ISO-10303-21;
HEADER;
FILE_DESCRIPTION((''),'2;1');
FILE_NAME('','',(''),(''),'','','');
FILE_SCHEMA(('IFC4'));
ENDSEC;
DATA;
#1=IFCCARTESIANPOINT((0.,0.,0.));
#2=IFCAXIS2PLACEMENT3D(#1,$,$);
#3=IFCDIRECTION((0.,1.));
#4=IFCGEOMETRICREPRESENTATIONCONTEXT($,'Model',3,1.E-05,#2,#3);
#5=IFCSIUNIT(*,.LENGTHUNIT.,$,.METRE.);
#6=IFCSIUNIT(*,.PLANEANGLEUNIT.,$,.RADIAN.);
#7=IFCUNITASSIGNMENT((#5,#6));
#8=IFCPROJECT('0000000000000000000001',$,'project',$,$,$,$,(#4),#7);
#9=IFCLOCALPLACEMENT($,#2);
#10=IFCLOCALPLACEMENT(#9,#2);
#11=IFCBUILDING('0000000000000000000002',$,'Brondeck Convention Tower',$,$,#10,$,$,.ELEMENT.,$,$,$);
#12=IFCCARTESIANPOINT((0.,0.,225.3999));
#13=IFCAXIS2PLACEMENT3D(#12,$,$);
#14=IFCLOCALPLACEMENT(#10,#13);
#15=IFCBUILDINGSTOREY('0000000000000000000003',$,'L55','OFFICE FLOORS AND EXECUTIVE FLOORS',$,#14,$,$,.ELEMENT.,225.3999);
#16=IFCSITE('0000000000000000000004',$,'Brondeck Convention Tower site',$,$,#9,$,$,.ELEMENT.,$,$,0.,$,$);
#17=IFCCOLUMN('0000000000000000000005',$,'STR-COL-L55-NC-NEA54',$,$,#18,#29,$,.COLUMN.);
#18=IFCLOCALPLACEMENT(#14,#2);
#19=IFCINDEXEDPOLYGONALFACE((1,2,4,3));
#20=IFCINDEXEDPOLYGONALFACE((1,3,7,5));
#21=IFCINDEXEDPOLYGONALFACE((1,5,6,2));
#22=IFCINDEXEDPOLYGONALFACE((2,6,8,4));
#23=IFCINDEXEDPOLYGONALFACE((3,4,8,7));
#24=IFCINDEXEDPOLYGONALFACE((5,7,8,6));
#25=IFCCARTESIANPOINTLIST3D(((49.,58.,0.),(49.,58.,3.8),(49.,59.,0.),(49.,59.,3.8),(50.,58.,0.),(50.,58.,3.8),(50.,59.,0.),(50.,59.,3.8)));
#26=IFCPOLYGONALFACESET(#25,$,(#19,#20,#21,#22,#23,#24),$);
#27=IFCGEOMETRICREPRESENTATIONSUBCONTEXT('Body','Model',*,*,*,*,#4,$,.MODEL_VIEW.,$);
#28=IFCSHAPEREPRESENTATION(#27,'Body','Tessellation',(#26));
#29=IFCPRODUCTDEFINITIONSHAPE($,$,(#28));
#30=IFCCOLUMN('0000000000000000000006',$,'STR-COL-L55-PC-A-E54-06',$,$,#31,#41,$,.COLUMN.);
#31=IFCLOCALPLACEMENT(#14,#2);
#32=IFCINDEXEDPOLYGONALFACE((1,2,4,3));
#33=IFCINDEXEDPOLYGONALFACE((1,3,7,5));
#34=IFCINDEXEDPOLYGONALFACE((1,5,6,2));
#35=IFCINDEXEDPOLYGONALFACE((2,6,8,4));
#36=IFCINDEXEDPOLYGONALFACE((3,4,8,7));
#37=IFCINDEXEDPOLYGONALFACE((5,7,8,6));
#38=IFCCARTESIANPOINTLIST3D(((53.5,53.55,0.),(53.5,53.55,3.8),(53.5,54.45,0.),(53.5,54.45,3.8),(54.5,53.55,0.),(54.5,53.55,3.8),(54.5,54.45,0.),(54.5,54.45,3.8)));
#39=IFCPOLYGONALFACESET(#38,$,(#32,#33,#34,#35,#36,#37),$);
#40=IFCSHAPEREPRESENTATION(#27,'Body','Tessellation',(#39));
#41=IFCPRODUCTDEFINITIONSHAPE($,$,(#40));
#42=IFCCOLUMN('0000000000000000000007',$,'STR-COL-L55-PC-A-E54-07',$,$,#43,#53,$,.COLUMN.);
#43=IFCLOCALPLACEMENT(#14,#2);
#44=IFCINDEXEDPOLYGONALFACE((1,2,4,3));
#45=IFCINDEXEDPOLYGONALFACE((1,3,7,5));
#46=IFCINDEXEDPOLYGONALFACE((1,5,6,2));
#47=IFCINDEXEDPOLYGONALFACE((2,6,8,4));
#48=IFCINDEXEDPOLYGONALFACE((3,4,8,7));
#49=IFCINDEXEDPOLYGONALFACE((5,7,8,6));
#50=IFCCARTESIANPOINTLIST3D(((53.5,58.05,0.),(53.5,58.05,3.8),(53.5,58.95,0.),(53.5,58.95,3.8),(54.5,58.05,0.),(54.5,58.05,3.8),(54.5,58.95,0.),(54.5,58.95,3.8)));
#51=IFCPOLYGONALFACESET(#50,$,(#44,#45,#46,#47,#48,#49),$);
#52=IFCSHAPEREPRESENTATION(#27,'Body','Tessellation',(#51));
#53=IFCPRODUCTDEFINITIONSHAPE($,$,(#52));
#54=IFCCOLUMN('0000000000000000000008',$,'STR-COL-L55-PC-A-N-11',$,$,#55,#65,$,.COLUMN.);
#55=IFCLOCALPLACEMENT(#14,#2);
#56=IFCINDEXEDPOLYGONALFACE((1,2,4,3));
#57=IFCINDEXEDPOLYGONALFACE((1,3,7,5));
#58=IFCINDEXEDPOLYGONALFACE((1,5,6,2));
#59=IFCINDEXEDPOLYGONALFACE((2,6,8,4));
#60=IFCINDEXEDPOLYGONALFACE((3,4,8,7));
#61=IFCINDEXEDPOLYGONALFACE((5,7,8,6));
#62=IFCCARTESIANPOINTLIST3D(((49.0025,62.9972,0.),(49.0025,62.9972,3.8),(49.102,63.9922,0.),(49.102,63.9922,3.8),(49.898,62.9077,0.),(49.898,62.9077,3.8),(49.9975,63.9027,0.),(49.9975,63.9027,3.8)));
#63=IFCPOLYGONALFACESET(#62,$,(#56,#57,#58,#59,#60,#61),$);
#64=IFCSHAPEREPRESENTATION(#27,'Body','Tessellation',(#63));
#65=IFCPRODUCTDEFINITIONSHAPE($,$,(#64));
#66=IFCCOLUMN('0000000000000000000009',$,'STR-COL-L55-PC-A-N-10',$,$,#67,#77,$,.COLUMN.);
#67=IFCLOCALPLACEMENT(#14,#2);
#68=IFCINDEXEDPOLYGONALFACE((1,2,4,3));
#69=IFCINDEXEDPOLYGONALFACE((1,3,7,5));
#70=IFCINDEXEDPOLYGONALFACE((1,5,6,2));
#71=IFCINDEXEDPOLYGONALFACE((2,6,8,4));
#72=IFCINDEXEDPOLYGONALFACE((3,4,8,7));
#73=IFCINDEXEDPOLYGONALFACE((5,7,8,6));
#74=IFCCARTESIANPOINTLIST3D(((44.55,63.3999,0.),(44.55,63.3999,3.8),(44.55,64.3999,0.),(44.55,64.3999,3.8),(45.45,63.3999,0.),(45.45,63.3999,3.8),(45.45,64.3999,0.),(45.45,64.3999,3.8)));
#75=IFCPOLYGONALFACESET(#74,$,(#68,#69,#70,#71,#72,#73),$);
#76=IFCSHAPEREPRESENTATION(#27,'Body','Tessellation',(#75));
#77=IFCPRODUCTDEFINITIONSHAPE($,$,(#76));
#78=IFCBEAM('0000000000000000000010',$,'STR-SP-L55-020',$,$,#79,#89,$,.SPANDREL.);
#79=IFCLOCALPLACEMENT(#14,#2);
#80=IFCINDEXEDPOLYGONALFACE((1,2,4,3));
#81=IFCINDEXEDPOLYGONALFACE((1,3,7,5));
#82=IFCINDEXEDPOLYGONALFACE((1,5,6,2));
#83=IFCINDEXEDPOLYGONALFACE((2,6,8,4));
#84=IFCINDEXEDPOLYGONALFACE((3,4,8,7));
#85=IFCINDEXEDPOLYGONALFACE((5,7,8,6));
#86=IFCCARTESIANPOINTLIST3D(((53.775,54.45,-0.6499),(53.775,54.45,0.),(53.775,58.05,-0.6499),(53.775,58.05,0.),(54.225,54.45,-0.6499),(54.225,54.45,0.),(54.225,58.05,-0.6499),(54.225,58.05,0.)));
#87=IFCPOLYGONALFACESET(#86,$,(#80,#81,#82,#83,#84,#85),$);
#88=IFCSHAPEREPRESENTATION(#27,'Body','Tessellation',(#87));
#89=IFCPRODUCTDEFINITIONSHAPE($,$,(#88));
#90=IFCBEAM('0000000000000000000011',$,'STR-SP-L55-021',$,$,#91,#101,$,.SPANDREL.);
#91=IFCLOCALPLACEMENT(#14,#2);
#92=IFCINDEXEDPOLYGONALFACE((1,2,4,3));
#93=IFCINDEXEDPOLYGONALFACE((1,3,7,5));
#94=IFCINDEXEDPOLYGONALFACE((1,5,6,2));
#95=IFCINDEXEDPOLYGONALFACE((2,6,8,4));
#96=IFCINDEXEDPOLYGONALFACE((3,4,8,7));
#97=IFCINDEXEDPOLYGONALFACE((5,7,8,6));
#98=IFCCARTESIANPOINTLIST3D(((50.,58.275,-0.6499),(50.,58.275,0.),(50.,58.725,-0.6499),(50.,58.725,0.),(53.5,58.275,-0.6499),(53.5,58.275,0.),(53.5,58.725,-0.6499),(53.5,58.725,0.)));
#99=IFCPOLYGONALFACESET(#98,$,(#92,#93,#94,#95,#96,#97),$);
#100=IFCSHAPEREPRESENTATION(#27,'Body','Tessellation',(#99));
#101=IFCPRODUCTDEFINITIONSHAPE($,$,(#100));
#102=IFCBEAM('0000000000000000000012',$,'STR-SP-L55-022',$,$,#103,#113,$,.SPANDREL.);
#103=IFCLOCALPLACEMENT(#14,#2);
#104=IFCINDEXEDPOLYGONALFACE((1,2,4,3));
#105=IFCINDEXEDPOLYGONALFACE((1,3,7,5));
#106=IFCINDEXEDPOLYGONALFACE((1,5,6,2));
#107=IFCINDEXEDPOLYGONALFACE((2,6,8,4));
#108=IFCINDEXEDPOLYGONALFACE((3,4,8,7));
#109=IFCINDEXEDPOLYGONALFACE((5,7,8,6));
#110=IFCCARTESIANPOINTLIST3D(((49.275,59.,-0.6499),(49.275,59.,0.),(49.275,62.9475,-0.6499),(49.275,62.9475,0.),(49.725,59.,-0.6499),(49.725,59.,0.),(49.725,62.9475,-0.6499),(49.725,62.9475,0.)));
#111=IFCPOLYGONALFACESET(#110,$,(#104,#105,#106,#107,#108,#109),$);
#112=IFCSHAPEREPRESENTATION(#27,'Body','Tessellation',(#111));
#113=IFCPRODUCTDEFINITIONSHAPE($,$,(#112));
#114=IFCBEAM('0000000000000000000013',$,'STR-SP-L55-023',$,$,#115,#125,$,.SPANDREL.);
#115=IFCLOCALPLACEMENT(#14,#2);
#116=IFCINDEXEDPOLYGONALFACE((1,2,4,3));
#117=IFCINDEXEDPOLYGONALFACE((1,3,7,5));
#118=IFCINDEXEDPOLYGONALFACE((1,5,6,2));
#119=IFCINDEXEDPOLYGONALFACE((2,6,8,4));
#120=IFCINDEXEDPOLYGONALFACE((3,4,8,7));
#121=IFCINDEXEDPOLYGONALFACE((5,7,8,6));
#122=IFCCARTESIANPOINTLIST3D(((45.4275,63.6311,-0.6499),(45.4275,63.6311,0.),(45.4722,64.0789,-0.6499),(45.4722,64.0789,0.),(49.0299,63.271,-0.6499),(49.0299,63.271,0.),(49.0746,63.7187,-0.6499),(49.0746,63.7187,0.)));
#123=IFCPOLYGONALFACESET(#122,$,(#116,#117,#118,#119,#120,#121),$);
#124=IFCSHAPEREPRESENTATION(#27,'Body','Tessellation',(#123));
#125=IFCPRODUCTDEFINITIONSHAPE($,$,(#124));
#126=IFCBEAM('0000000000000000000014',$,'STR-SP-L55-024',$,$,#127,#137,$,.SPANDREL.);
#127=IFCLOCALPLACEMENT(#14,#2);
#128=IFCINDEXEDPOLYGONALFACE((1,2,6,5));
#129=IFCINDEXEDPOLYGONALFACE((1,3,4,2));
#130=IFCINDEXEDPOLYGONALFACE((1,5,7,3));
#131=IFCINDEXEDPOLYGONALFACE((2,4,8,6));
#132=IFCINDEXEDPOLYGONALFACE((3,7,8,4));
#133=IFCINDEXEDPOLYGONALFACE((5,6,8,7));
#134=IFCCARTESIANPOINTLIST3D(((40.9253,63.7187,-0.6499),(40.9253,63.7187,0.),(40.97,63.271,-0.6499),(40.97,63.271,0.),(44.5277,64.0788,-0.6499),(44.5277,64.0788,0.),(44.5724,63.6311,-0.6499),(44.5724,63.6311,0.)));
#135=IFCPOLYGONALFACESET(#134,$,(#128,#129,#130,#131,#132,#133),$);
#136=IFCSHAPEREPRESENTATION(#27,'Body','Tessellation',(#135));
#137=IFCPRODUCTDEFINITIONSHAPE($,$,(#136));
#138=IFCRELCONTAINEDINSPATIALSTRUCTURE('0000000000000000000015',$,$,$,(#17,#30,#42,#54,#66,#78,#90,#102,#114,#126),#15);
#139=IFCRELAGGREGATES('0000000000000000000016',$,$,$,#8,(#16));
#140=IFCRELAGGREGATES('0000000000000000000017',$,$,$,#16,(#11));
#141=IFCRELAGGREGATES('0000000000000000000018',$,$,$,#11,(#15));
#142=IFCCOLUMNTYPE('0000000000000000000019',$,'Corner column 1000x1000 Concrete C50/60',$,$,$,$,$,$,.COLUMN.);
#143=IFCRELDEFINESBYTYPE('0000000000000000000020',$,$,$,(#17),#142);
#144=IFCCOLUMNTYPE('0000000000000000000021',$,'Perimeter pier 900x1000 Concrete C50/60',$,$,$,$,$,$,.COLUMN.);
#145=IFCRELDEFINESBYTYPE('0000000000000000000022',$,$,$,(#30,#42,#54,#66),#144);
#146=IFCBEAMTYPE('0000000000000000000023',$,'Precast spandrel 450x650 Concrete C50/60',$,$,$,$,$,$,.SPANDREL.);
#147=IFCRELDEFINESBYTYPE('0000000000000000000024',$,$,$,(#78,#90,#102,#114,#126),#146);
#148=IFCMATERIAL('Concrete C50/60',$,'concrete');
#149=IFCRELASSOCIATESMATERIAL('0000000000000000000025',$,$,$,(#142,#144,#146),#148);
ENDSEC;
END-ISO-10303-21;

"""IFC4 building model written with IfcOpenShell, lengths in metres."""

from ifc_helpers import new_model, si_unit, direction, frame, origin, origin_2d, place, context, subcontext, project, spatial, rectangle, extrude, material, material_profile, profile_set, type_object, element, save


model = new_model("IFC4")

# Units and contexts
model_context = context("Model", 3, precision=1e-05, world=origin(), true_north=direction((0.0, 1.0)))
body_context = subcontext(model_context, "Body", "Model", "MODEL_VIEW")
ifc_project = project(units=[si_unit("LENGTHUNIT", "METRE"), si_unit("PLANEANGLEUNIT", "RADIAN")], contexts=[model_context])

# Site, building, storey
site_placement = place(None, origin())
site = spatial("IfcSite", under=ifc_project, at=site_placement, Name="Brondeck Convention Tower site", CompositionType="ELEMENT", RefElevation=0.0)
building_placement = place(site_placement, origin())
building = spatial("IfcBuilding", under=site, at=building_placement, Name="Brondeck Convention Tower", CompositionType="ELEMENT")
storey_placement = place(building_placement, frame((0.0, 0.0, 225.3999)))
storey = spatial("IfcBuildingStorey", under=building, at=storey_placement, Name="L55", Description="OFFICE FLOORS AND EXECUTIVE FLOORS", CompositionType="ELEMENT", Elevation=225.3999)

# Columns
ifc_material_1 = material(Name="Concrete C50/60", Category="concrete")
ifc_material_profile_1 = material_profile(ifc_material_1, rectangle(XDim=1.0, YDim=1.0, at=origin_2d()), Name="Corner column 1000x1000 Concrete C50/60")
ifc_profile_set_1 = profile_set([ifc_material_profile_1], Name="Concrete C50/60")
column_type_1 = type_object("IfcColumnType", Name="Corner column 1000x1000 Concrete C50/60", PredefinedType="COLUMN", material=ifc_profile_set_1)
column_placement = place(storey_placement, frame((49.5, 58.5, 0.0), z_axis=(0.0, 0.0, 1.0), x_axis=(1.0, 0.0, 0.0)))
element("IfcColumn", 1, at=column_placement, inside=storey, type_object=column_type_1, Name="STR-COL-L55-NC-NEA54", PredefinedType="COLUMN", context=body_context, shape_type="SweptSolid", body=[
    extrude(rectangle(XDim=1.0, YDim=1.0, at=origin_2d()), origin(), (0.0, 0.0, 1.0), 3.8),
])
ifc_material_profile_2 = material_profile(ifc_material_1, rectangle(XDim=0.8999, YDim=1.0, at=origin_2d()), Name="Perimeter pier 900x1000 Concrete C50/60")
ifc_profile_set_2 = profile_set([ifc_material_profile_2], Name="Concrete C50/60")
column_type_2 = type_object("IfcColumnType", Name="Perimeter pier 900x1000 Concrete C50/60", PredefinedType="COLUMN", material=ifc_profile_set_2)
for number, where, z_axis, x_axis, name in (
    (2, (54.0, 54.0, 0.0), (0.0, 0.0, 1.0), (0.0, 1.0, 0.0), "STR-COL-L55-PC-A-E54-06"),
    (3, (54.0, 58.5, 0.0), (0.0, 0.0, 1.0), (0.0, 1.0, 0.0), "STR-COL-L55-PC-A-E54-07"),
    (4, (49.5, 63.45, 0.0), (0.0, 0.0, 1.0), (-0.995037, 0.099504, 0.0), "STR-COL-L55-PC-A-N-11"),
    (5, (45.0, 63.8999, 0.0), (0.0, 0.0, 1.0), (-1.0, 0.0, 0.0), "STR-COL-L55-PC-A-N-10"),
):
    element("IfcColumn", number, at=place(storey_placement, frame(where, z_axis=z_axis, x_axis=x_axis)), inside=storey, type_object=column_type_2, Name=name, PredefinedType="COLUMN", context=body_context, shape_type="SweptSolid", body=[
        extrude(rectangle(XDim=0.8999, YDim=1.0, at=origin_2d()), origin(), (0.0, 0.0, 1.0), 3.8),
    ])

# Beams
ifc_material_profile_3 = material_profile(ifc_material_1, rectangle(XDim=0.45, YDim=0.6499, at=origin_2d()), Name="Precast spandrel 450x650 Concrete C50/60")
ifc_profile_set_3 = profile_set([ifc_material_profile_3], Name="Concrete C50/60")
beam_type = type_object("IfcBeamType", Name="Precast spandrel 450x650 Concrete C50/60", PredefinedType="SPANDREL", material=ifc_profile_set_3)
beam_1_placement = place(storey_placement, frame((54.0, 54.45, -0.325), z_axis=(0.0, 1.0, 0.0), x_axis=(-1.0, 0.0, 0.0)))
element("IfcBeam", 6, at=beam_1_placement, inside=storey, type_object=beam_type, Name="STR-SP-L55-020", PredefinedType="SPANDREL", context=body_context, shape_type="SweptSolid", body=[
    extrude(rectangle(XDim=0.45, YDim=0.6499, at=origin_2d()), origin(), (0.0, 0.0, 1.0), 3.6001),
])
beam_2_placement = place(storey_placement, frame((53.5, 58.5, -0.325), z_axis=(-1.0, 0.0, 0.0), x_axis=(0.0, -1.0, 0.0)))
element("IfcBeam", 7, at=beam_2_placement, inside=storey, type_object=beam_type, Name="STR-SP-L55-021", PredefinedType="SPANDREL", context=body_context, shape_type="SweptSolid", body=[
    extrude(rectangle(XDim=0.45, YDim=0.6499, at=origin_2d()), origin(), (0.0, 0.0, 1.0), 3.5),
])
beam_3_placement = place(storey_placement, frame((49.5, 59.0, -0.325), z_axis=(0.0, 1.0, 0.0), x_axis=(-1.0, 0.0, 0.0)))
element("IfcBeam", 8, at=beam_3_placement, inside=storey, type_object=beam_type, Name="STR-SP-L55-022", PredefinedType="SPANDREL", context=body_context, shape_type="SweptSolid", body=[
    extrude(rectangle(XDim=0.45, YDim=0.6499, at=origin_2d()), origin(), (0.0, 0.0, 1.0), 3.9475),
])
for number, where, z_axis, x_axis, name in (
    (9, (49.0522, 63.4949, -0.325), (-0.995041, 0.09947, 0.0), (-0.09947, -0.995041, 0.0), "STR-SP-L55-023"),
    (10, (44.55, 63.855, -0.325), (-0.995041, -0.09947, 0.0), (0.09947, -0.995041, 0.0), "STR-SP-L55-024"),
):
    element("IfcBeam", number, at=place(storey_placement, frame(where, z_axis=z_axis, x_axis=x_axis)), inside=storey, type_object=beam_type, Name=name, PredefinedType="SPANDREL", context=body_context, shape_type="SweptSolid", body=[
        extrude(rectangle(XDim=0.45, YDim=0.6499, at=origin_2d()), origin(), (0.0, 0.0, 1.0), 3.6204),
    ])

save(model, "model.ifc")
